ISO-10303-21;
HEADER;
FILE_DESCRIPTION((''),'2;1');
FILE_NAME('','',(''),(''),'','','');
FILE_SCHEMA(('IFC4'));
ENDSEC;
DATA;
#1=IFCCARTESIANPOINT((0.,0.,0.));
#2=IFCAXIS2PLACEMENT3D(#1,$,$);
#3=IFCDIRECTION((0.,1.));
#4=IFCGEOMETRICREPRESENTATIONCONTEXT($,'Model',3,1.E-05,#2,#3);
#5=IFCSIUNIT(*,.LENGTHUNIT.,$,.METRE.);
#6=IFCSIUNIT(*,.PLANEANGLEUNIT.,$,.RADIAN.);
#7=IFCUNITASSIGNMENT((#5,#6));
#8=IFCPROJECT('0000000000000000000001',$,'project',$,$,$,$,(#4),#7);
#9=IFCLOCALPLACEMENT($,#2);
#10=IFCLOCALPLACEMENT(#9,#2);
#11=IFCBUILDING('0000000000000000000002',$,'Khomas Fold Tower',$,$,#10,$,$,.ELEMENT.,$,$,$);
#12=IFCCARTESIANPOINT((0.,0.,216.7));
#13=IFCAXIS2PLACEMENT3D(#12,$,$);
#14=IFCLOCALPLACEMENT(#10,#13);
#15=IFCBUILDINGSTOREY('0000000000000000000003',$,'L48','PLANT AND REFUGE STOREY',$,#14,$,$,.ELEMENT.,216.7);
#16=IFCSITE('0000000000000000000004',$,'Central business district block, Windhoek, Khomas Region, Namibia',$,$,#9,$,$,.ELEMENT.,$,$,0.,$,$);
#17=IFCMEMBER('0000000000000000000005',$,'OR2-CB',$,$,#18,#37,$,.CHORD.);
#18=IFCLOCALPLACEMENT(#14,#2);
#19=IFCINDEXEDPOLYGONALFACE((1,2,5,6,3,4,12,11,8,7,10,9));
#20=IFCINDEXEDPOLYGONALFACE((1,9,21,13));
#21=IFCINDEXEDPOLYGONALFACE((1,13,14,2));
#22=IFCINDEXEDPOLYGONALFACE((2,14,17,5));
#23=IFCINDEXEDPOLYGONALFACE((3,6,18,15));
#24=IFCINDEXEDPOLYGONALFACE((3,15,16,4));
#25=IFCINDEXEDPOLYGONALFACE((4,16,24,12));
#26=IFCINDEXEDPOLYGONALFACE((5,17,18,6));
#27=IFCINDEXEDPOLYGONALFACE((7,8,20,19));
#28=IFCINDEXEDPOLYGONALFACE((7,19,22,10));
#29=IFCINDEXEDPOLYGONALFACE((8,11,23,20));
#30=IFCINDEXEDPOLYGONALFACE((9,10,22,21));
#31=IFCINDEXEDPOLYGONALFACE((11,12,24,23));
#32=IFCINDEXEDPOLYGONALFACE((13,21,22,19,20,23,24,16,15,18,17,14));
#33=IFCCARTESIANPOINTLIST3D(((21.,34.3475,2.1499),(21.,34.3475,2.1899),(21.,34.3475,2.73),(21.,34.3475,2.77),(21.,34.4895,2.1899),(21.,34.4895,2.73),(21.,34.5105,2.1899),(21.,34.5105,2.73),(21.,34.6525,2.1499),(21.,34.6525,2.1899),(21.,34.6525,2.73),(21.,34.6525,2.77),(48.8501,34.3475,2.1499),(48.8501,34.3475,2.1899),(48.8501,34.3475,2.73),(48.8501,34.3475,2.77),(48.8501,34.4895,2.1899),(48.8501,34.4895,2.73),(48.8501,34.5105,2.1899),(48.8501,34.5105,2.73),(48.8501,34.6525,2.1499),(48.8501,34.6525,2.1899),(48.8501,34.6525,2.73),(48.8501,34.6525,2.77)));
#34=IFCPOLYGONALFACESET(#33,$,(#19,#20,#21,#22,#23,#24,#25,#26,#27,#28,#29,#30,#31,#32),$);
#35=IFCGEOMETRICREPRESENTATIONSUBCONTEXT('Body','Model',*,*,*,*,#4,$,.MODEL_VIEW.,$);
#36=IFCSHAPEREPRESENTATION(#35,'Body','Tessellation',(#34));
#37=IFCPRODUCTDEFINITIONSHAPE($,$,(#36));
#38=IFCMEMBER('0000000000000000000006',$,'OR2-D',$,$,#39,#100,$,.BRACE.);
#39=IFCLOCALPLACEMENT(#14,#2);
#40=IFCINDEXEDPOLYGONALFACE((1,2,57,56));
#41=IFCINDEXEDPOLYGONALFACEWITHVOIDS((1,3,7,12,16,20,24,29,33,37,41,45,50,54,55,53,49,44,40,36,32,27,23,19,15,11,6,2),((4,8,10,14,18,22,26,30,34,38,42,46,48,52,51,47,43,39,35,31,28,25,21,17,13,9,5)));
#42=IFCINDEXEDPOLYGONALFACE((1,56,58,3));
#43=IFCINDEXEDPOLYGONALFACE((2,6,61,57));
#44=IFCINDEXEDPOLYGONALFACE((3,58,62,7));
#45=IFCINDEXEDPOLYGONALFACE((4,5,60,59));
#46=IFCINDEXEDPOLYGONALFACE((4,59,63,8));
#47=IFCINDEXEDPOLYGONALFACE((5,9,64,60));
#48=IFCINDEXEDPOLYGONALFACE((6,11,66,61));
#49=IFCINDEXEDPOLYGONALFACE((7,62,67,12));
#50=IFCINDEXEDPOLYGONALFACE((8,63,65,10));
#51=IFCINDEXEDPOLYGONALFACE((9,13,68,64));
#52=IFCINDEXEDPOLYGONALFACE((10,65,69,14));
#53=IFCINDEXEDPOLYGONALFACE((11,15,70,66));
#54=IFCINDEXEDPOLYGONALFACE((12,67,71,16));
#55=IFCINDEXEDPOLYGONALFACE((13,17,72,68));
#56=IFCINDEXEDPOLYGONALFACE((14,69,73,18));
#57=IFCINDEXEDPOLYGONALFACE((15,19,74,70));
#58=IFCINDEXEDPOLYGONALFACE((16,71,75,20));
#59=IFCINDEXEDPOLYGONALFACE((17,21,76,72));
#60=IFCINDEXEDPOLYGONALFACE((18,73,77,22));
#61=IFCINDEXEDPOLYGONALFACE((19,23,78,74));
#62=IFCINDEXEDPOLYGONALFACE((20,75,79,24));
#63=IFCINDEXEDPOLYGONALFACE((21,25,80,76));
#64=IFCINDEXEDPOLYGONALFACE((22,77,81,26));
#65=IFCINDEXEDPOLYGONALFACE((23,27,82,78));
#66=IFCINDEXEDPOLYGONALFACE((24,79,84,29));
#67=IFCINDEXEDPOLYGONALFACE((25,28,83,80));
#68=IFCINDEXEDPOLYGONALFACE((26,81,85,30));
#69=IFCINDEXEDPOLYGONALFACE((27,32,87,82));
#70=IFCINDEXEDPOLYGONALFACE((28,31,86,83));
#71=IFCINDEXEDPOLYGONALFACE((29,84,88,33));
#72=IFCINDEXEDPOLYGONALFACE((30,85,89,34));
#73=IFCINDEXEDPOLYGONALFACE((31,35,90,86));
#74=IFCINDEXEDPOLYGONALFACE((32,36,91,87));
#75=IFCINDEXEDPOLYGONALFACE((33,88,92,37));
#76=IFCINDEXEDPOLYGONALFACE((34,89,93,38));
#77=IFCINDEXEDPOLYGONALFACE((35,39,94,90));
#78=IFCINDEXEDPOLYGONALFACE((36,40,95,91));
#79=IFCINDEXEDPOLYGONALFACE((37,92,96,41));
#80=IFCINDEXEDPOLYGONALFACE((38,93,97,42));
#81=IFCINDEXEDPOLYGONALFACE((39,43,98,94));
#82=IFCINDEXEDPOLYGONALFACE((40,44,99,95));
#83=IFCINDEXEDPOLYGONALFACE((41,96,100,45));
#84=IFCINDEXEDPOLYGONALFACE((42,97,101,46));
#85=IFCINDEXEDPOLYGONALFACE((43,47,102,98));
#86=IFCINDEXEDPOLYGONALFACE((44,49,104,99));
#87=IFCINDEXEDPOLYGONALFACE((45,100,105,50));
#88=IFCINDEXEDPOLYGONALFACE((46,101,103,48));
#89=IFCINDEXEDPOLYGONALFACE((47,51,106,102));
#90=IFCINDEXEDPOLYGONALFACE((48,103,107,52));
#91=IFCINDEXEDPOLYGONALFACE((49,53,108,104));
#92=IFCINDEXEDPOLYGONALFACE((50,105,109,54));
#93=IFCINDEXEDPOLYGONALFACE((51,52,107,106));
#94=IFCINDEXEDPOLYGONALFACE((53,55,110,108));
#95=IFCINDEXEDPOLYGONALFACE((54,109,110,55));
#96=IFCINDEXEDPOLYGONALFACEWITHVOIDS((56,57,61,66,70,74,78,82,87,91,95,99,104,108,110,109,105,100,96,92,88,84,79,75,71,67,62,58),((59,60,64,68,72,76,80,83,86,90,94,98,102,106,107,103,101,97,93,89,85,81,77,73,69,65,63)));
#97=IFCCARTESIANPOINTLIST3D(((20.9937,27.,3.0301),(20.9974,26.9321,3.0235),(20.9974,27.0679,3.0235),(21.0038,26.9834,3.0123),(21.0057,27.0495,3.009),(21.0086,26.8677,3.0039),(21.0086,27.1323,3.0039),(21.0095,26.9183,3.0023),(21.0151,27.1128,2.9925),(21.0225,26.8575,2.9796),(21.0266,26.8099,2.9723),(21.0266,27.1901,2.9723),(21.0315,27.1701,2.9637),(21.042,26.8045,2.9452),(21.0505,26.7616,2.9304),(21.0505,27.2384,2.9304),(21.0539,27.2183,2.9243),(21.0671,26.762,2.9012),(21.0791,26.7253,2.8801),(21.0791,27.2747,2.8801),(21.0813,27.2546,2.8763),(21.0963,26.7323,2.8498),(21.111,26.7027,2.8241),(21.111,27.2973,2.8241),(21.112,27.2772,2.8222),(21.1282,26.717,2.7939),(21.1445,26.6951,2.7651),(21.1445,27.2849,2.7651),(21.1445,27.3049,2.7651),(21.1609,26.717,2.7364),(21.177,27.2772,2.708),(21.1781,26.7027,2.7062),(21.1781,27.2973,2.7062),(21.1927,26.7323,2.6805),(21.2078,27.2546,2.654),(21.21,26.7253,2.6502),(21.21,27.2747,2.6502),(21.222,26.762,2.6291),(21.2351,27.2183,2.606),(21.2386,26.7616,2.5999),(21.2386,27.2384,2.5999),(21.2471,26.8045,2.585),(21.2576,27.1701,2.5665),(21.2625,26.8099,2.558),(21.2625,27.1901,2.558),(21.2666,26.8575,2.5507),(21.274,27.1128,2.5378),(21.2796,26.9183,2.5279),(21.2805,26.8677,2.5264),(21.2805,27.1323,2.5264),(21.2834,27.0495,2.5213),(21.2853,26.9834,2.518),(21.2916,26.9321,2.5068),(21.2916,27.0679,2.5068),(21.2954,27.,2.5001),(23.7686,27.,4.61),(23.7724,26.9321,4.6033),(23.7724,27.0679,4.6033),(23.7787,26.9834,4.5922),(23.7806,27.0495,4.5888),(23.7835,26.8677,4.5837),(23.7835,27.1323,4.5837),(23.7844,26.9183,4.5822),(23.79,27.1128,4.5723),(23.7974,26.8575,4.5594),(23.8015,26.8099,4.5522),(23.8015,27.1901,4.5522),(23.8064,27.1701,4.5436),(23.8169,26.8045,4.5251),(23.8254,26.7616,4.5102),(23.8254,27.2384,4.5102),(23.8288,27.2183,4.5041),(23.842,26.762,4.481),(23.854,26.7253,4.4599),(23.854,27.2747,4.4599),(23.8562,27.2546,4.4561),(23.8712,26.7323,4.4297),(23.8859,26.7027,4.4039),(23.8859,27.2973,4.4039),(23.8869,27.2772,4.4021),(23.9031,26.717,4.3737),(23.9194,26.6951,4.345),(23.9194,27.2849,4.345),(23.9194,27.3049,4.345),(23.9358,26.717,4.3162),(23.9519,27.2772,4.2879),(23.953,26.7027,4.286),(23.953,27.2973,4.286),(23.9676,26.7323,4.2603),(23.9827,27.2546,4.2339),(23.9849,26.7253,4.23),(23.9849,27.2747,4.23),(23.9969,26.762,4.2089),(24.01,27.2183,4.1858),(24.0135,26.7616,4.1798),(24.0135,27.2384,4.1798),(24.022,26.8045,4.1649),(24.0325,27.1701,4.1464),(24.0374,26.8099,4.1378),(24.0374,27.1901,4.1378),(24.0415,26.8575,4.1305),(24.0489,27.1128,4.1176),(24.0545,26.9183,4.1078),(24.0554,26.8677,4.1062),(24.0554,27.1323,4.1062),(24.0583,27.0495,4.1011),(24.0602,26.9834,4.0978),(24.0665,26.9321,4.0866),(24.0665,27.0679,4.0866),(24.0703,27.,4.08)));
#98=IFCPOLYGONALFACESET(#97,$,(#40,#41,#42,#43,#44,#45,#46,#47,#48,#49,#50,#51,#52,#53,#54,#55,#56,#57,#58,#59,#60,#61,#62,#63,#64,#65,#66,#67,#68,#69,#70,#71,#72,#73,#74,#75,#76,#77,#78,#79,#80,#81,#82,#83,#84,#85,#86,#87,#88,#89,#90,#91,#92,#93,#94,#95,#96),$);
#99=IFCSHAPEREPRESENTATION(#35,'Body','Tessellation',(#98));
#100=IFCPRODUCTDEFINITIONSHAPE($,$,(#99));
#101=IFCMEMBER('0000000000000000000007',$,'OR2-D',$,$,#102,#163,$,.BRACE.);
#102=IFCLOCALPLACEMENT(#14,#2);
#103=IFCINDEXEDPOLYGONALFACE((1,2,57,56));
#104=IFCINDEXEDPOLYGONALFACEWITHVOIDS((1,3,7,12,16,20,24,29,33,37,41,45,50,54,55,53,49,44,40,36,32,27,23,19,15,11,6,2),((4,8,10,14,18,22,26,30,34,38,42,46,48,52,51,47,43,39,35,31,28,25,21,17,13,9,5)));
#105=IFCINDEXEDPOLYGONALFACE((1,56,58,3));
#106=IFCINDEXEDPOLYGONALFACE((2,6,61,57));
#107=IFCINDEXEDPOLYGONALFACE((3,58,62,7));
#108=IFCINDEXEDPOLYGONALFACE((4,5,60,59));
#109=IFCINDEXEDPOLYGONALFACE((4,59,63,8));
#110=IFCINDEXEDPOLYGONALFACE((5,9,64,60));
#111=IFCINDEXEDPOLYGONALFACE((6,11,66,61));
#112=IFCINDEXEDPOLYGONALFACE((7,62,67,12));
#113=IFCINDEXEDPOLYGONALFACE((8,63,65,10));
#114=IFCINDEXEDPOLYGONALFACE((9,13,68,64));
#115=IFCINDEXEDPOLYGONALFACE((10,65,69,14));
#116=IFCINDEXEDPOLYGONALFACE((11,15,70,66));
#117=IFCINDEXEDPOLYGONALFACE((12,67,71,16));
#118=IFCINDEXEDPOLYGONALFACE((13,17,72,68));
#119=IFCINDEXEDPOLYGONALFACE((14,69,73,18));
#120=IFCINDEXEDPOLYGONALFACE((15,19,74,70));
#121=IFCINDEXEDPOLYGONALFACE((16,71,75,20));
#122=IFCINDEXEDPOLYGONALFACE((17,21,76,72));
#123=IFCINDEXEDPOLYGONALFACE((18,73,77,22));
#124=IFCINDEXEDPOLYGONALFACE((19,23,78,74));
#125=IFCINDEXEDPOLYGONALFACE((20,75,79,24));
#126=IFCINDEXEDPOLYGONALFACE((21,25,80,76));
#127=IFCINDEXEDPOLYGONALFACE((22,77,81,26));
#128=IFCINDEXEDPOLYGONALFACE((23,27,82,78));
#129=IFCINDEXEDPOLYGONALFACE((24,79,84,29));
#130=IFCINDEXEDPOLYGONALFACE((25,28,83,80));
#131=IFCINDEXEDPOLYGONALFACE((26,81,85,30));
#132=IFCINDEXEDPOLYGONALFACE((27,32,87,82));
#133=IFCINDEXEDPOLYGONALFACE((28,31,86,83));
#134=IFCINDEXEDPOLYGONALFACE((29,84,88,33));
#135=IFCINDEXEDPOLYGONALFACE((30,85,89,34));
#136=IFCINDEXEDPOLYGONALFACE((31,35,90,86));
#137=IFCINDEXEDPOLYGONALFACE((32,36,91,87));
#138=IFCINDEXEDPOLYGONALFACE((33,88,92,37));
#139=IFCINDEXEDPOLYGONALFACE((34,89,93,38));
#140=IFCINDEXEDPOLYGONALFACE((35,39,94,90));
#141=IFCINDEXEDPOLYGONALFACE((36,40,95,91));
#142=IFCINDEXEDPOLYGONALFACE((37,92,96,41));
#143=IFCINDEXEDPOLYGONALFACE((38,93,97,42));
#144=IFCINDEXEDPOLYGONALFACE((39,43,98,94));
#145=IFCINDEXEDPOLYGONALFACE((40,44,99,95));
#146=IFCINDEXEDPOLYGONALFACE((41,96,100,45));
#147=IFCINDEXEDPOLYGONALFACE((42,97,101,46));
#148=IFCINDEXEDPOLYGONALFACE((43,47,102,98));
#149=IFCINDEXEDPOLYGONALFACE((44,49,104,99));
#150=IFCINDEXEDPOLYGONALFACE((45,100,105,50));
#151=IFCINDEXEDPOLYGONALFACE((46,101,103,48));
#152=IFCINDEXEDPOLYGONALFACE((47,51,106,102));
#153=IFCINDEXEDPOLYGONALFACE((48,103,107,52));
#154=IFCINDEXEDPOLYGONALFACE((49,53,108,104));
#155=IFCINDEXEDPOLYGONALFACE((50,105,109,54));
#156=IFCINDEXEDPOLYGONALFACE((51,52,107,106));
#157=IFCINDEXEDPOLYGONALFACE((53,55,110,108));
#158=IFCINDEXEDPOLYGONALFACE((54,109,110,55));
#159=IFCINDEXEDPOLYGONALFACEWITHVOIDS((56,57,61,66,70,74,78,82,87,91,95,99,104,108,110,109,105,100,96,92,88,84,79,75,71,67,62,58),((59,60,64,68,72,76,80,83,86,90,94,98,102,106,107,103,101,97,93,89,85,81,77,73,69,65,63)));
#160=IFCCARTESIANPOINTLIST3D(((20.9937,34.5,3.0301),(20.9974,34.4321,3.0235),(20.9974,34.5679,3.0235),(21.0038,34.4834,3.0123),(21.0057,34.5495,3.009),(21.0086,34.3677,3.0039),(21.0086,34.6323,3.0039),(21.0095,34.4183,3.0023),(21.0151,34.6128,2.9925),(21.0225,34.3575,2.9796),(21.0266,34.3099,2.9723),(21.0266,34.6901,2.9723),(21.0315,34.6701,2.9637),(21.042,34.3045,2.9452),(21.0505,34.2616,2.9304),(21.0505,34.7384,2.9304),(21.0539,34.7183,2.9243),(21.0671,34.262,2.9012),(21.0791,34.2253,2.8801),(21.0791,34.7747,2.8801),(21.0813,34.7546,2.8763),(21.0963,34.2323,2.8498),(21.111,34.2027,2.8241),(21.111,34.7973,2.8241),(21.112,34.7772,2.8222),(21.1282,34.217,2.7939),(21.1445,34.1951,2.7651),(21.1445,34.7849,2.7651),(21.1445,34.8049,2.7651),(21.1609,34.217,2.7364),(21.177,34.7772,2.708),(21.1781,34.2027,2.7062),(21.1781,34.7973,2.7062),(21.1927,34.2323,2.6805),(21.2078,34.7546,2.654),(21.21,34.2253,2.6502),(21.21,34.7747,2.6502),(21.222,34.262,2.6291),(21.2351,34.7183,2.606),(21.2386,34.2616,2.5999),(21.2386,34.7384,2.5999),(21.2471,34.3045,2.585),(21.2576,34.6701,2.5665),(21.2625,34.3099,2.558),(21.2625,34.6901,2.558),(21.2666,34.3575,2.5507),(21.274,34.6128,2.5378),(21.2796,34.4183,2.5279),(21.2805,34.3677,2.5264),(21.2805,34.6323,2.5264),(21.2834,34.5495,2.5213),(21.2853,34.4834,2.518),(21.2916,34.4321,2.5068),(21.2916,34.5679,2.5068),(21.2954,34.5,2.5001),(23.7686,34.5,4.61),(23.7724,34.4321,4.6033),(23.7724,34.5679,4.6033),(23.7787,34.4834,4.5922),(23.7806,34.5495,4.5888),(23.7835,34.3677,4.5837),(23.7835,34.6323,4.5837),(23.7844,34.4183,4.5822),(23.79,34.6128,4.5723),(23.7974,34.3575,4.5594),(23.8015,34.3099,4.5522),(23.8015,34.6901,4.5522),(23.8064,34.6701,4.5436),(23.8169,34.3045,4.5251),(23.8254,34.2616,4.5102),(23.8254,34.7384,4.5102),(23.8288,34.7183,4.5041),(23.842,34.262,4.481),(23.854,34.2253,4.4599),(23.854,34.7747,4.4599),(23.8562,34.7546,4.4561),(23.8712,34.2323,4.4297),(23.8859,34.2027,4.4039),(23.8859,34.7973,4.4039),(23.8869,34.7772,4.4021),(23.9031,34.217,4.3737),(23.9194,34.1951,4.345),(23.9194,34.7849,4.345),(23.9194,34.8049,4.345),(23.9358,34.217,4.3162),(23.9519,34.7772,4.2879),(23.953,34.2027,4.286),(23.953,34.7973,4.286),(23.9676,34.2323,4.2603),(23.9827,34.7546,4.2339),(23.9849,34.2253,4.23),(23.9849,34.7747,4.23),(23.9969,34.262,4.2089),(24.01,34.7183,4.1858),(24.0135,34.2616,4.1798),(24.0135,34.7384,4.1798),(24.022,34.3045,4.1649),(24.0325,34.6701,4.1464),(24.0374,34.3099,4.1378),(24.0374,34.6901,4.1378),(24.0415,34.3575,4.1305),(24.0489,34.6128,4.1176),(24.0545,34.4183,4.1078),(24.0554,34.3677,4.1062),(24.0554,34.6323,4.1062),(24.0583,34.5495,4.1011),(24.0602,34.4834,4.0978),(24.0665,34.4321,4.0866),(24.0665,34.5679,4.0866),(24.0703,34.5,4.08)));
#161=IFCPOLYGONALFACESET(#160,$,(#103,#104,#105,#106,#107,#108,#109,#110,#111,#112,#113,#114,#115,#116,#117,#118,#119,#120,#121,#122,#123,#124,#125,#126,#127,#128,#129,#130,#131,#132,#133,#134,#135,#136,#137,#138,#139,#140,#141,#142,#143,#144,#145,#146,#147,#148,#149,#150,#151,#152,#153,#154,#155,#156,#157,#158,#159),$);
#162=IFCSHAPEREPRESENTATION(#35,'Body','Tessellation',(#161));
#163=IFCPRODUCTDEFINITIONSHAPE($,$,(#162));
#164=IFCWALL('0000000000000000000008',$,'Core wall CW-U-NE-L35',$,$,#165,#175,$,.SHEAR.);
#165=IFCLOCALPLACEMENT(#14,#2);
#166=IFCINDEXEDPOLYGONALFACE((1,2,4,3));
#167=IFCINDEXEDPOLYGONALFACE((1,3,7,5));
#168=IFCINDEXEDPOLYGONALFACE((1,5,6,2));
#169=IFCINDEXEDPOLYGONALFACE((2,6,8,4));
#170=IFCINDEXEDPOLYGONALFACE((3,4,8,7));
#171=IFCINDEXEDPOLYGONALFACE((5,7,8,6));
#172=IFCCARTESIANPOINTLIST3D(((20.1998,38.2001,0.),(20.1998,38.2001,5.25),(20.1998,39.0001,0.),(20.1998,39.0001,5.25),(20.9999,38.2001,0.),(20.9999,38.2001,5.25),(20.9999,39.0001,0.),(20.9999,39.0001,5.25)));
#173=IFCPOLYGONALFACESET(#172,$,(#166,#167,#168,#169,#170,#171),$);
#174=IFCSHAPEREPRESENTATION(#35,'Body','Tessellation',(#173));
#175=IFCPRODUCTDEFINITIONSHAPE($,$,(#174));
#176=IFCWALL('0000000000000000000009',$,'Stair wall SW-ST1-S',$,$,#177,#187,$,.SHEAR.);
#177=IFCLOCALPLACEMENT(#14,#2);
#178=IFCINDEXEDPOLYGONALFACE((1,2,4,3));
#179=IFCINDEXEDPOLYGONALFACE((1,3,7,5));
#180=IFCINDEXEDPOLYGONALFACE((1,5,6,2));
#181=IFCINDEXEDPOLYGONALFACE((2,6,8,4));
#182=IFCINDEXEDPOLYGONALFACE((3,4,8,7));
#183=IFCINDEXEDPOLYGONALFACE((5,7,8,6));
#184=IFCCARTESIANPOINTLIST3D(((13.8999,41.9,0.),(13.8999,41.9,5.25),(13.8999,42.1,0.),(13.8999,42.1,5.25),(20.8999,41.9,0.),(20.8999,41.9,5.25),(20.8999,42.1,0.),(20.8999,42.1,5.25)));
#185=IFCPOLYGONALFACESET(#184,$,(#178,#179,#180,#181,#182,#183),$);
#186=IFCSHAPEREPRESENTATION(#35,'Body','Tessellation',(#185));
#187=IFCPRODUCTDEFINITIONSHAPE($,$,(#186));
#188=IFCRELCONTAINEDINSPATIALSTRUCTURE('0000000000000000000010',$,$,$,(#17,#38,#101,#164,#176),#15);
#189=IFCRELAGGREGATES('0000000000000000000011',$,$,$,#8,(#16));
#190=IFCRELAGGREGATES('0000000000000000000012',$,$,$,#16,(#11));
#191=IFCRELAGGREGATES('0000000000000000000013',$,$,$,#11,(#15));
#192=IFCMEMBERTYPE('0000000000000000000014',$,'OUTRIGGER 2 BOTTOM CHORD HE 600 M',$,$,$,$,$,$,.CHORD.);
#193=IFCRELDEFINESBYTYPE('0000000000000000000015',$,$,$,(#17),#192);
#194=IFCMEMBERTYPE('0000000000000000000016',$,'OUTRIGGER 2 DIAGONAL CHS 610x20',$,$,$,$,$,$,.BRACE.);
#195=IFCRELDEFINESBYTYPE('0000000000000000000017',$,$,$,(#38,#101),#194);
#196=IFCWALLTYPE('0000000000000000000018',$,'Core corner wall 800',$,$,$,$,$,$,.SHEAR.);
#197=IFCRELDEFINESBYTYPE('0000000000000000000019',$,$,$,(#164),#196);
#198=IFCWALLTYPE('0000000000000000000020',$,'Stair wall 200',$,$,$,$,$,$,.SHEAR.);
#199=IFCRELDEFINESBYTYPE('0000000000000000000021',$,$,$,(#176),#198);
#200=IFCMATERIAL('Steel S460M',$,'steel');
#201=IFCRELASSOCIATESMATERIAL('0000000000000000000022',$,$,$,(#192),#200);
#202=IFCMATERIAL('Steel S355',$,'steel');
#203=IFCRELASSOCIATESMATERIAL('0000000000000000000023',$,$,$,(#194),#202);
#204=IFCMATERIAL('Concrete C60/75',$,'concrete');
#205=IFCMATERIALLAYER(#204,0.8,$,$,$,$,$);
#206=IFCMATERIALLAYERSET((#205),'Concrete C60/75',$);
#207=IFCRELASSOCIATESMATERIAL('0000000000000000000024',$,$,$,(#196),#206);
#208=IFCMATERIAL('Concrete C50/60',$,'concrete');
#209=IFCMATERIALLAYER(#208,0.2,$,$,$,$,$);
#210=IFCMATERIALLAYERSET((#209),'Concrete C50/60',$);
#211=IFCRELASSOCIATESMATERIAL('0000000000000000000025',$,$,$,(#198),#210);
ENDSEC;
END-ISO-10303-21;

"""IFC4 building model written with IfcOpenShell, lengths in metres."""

from ifc_helpers import new_model, si_unit, direction, frame, frame_2d, origin, origin_2d, place, context, subcontext, project, spatial, rectangle, hollow_circle, i_section, extrude, source, transform, mapped, material, layer, layer_set, material_profile, profile_set, type_object, element, save


model = new_model("IFC4")

# Units and contexts
model_context = context("Model", 3, precision=1e-05, world=origin(), true_north=direction((0.0, 1.0)))
body_context = subcontext(model_context, "Body", "Model", "MODEL_VIEW")
ifc_project = project(units=[si_unit("LENGTHUNIT", "METRE"), si_unit("PLANEANGLEUNIT", "RADIAN")], contexts=[model_context])

# Site, building, storey
site_placement = place(None, origin())
site = spatial("IfcSite", under=ifc_project, at=site_placement, Name="Central business district block, Windhoek, Khomas Region, Namibia", CompositionType="ELEMENT", RefElevation=0.0)
building_placement = place(site_placement, origin())
building = spatial("IfcBuilding", under=site, at=building_placement, Name="Khomas Fold Tower", CompositionType="ELEMENT")
storey_placement = place(building_placement, frame((0.0, 0.0, 216.7)))
storey = spatial("IfcBuildingStorey", under=building, at=storey_placement, Name="L48", Description="PLANT AND REFUGE STOREY", CompositionType="ELEMENT", Elevation=216.7)

# Members
ifc_material_1 = material(Name="Steel S460M", Category="steel")
ifc_material_profile_1 = material_profile(ifc_material_1, i_section(OverallWidth=0.3049, OverallDepth=0.6201, WebThickness=0.021, FlangeThickness=0.04, at=origin_2d()), Name="HE 600 M")
ifc_profile_set_1 = profile_set([ifc_material_profile_1], Name="Steel S460M")
member_type_1 = type_object("IfcMemberType", Name="OUTRIGGER 2 BOTTOM CHORD HE 600 M", PredefinedType="CHORD", material=ifc_profile_set_1)
shared_shape_1 = source(origin(), body_context, "Body", "SweptSolid", [
    extrude(i_section(OverallWidth=0.3049, OverallDepth=0.6201, WebThickness=0.021, FlangeThickness=0.04, at=origin_2d()), origin(), (0.0, 0.0, 1.0), 27.8501),
])
for number, where, z_axis, x_axis, name in (
    (1, (21.0, 34.5, 2.46), (1.0, 0.0, 0.0), (0.0, 1.0, 0.0), "OR2-CB"),
):
    element("IfcMember", number, at=place(storey_placement, frame(where, z_axis=z_axis, x_axis=x_axis)), inside=storey, type_object=member_type_1, Name=name, PredefinedType="CHORD", context=body_context, shape_type="MappedRepresentation", body=[
        mapped(shared_shape_1, transform((0.0, 0.0, 0.0))),
    ])
ifc_material_2 = material(Name="Steel S355", Category="steel")
ifc_material_profile_2 = material_profile(ifc_material_2, hollow_circle(Radius=0.3049, WallThickness=0.02, at=origin_2d()), Name="CHS 610x20")
ifc_profile_set_2 = profile_set([ifc_material_profile_2], Name="Steel S355")
member_type_2 = type_object("IfcMemberType", Name="OUTRIGGER 2 DIAGONAL CHS 610x20", PredefinedType="BRACE", material=ifc_profile_set_2)
shared_shape_2 = source(origin(), body_context, "Body", "SweptSolid", [
    extrude(hollow_circle(Radius=0.3049, WallThickness=0.02, at=origin_2d()), origin(), (0.0, 0.0, 1.0), 3.1931),
])
for number, where, z_axis, x_axis, name in (
    (2, (21.1445, 27.0, 2.7651), (0.869028, 0.0, 0.494763), (0.0, 1.0, 0.0), "OR2-D"),
    (3, (21.1445, 34.5, 2.7651), (0.869028, 0.0, 0.494763), (0.0, 1.0, 0.0), "OR2-D"),
):
    element("IfcMember", number, at=place(storey_placement, frame(where, z_axis=z_axis, x_axis=x_axis)), inside=storey, type_object=member_type_2, Name=name, PredefinedType="BRACE", context=body_context, shape_type="MappedRepresentation", body=[
        mapped(shared_shape_2, transform((0.0, 0.0, 0.0))),
    ])

# Walls
ifc_material_3 = material(Name="Concrete C60/75", Category="concrete")
ifc_layer_1 = layer(ifc_material_3, 0.8)
ifc_layer_set_1 = layer_set([ifc_layer_1], Name="Concrete C60/75")
wall_type_1 = type_object("IfcWallType", Name="Core corner wall 800", PredefinedType="SHEAR", material=ifc_layer_set_1)
shared_shape_3 = source(origin(), body_context, "Body", "SweptSolid", [
    extrude(rectangle(XDim=0.8, YDim=0.8, at=frame_2d((0.3999, 0.0))), origin(), (0.0, 0.0, 1.0), 5.25),
])
wall_1_placement = place(storey_placement, frame((20.2, 38.6001, 0.0), z_axis=(0.0, 0.0, 1.0), x_axis=(1.0, 0.0, 0.0)))
element("IfcWall", 4, at=wall_1_placement, inside=storey, type_object=wall_type_1, Name="Core wall CW-U-NE-L35", PredefinedType="SHEAR", context=body_context, shape_type="MappedRepresentation", body=[
    mapped(shared_shape_3, transform((0.0, 0.0, 0.0))),
])
ifc_material_4 = material(Name="Concrete C50/60", Category="concrete")
ifc_layer_2 = layer(ifc_material_4, 0.2)
ifc_layer_set_2 = layer_set([ifc_layer_2], Name="Concrete C50/60")
wall_type_2 = type_object("IfcWallType", Name="Stair wall 200", PredefinedType="SHEAR", material=ifc_layer_set_2)
shared_shape_4 = source(origin(), body_context, "Body", "SweptSolid", [
    extrude(rectangle(XDim=7.0, YDim=0.2, at=frame_2d((3.5, 0.0))), origin(), (0.0, 0.0, 1.0), 5.25),
])
wall_2_placement = place(storey_placement, frame((13.8999, 42.0, 0.0), z_axis=(0.0, 0.0, 1.0), x_axis=(1.0, 0.0, 0.0)))
element("IfcWall", 5, at=wall_2_placement, inside=storey, type_object=wall_type_2, Name="Stair wall SW-ST1-S", PredefinedType="SHEAR", context=body_context, shape_type="MappedRepresentation", body=[
    mapped(shared_shape_4, transform((0.0, 0.0, 0.0))),
])

save(model, "model.ifc")
